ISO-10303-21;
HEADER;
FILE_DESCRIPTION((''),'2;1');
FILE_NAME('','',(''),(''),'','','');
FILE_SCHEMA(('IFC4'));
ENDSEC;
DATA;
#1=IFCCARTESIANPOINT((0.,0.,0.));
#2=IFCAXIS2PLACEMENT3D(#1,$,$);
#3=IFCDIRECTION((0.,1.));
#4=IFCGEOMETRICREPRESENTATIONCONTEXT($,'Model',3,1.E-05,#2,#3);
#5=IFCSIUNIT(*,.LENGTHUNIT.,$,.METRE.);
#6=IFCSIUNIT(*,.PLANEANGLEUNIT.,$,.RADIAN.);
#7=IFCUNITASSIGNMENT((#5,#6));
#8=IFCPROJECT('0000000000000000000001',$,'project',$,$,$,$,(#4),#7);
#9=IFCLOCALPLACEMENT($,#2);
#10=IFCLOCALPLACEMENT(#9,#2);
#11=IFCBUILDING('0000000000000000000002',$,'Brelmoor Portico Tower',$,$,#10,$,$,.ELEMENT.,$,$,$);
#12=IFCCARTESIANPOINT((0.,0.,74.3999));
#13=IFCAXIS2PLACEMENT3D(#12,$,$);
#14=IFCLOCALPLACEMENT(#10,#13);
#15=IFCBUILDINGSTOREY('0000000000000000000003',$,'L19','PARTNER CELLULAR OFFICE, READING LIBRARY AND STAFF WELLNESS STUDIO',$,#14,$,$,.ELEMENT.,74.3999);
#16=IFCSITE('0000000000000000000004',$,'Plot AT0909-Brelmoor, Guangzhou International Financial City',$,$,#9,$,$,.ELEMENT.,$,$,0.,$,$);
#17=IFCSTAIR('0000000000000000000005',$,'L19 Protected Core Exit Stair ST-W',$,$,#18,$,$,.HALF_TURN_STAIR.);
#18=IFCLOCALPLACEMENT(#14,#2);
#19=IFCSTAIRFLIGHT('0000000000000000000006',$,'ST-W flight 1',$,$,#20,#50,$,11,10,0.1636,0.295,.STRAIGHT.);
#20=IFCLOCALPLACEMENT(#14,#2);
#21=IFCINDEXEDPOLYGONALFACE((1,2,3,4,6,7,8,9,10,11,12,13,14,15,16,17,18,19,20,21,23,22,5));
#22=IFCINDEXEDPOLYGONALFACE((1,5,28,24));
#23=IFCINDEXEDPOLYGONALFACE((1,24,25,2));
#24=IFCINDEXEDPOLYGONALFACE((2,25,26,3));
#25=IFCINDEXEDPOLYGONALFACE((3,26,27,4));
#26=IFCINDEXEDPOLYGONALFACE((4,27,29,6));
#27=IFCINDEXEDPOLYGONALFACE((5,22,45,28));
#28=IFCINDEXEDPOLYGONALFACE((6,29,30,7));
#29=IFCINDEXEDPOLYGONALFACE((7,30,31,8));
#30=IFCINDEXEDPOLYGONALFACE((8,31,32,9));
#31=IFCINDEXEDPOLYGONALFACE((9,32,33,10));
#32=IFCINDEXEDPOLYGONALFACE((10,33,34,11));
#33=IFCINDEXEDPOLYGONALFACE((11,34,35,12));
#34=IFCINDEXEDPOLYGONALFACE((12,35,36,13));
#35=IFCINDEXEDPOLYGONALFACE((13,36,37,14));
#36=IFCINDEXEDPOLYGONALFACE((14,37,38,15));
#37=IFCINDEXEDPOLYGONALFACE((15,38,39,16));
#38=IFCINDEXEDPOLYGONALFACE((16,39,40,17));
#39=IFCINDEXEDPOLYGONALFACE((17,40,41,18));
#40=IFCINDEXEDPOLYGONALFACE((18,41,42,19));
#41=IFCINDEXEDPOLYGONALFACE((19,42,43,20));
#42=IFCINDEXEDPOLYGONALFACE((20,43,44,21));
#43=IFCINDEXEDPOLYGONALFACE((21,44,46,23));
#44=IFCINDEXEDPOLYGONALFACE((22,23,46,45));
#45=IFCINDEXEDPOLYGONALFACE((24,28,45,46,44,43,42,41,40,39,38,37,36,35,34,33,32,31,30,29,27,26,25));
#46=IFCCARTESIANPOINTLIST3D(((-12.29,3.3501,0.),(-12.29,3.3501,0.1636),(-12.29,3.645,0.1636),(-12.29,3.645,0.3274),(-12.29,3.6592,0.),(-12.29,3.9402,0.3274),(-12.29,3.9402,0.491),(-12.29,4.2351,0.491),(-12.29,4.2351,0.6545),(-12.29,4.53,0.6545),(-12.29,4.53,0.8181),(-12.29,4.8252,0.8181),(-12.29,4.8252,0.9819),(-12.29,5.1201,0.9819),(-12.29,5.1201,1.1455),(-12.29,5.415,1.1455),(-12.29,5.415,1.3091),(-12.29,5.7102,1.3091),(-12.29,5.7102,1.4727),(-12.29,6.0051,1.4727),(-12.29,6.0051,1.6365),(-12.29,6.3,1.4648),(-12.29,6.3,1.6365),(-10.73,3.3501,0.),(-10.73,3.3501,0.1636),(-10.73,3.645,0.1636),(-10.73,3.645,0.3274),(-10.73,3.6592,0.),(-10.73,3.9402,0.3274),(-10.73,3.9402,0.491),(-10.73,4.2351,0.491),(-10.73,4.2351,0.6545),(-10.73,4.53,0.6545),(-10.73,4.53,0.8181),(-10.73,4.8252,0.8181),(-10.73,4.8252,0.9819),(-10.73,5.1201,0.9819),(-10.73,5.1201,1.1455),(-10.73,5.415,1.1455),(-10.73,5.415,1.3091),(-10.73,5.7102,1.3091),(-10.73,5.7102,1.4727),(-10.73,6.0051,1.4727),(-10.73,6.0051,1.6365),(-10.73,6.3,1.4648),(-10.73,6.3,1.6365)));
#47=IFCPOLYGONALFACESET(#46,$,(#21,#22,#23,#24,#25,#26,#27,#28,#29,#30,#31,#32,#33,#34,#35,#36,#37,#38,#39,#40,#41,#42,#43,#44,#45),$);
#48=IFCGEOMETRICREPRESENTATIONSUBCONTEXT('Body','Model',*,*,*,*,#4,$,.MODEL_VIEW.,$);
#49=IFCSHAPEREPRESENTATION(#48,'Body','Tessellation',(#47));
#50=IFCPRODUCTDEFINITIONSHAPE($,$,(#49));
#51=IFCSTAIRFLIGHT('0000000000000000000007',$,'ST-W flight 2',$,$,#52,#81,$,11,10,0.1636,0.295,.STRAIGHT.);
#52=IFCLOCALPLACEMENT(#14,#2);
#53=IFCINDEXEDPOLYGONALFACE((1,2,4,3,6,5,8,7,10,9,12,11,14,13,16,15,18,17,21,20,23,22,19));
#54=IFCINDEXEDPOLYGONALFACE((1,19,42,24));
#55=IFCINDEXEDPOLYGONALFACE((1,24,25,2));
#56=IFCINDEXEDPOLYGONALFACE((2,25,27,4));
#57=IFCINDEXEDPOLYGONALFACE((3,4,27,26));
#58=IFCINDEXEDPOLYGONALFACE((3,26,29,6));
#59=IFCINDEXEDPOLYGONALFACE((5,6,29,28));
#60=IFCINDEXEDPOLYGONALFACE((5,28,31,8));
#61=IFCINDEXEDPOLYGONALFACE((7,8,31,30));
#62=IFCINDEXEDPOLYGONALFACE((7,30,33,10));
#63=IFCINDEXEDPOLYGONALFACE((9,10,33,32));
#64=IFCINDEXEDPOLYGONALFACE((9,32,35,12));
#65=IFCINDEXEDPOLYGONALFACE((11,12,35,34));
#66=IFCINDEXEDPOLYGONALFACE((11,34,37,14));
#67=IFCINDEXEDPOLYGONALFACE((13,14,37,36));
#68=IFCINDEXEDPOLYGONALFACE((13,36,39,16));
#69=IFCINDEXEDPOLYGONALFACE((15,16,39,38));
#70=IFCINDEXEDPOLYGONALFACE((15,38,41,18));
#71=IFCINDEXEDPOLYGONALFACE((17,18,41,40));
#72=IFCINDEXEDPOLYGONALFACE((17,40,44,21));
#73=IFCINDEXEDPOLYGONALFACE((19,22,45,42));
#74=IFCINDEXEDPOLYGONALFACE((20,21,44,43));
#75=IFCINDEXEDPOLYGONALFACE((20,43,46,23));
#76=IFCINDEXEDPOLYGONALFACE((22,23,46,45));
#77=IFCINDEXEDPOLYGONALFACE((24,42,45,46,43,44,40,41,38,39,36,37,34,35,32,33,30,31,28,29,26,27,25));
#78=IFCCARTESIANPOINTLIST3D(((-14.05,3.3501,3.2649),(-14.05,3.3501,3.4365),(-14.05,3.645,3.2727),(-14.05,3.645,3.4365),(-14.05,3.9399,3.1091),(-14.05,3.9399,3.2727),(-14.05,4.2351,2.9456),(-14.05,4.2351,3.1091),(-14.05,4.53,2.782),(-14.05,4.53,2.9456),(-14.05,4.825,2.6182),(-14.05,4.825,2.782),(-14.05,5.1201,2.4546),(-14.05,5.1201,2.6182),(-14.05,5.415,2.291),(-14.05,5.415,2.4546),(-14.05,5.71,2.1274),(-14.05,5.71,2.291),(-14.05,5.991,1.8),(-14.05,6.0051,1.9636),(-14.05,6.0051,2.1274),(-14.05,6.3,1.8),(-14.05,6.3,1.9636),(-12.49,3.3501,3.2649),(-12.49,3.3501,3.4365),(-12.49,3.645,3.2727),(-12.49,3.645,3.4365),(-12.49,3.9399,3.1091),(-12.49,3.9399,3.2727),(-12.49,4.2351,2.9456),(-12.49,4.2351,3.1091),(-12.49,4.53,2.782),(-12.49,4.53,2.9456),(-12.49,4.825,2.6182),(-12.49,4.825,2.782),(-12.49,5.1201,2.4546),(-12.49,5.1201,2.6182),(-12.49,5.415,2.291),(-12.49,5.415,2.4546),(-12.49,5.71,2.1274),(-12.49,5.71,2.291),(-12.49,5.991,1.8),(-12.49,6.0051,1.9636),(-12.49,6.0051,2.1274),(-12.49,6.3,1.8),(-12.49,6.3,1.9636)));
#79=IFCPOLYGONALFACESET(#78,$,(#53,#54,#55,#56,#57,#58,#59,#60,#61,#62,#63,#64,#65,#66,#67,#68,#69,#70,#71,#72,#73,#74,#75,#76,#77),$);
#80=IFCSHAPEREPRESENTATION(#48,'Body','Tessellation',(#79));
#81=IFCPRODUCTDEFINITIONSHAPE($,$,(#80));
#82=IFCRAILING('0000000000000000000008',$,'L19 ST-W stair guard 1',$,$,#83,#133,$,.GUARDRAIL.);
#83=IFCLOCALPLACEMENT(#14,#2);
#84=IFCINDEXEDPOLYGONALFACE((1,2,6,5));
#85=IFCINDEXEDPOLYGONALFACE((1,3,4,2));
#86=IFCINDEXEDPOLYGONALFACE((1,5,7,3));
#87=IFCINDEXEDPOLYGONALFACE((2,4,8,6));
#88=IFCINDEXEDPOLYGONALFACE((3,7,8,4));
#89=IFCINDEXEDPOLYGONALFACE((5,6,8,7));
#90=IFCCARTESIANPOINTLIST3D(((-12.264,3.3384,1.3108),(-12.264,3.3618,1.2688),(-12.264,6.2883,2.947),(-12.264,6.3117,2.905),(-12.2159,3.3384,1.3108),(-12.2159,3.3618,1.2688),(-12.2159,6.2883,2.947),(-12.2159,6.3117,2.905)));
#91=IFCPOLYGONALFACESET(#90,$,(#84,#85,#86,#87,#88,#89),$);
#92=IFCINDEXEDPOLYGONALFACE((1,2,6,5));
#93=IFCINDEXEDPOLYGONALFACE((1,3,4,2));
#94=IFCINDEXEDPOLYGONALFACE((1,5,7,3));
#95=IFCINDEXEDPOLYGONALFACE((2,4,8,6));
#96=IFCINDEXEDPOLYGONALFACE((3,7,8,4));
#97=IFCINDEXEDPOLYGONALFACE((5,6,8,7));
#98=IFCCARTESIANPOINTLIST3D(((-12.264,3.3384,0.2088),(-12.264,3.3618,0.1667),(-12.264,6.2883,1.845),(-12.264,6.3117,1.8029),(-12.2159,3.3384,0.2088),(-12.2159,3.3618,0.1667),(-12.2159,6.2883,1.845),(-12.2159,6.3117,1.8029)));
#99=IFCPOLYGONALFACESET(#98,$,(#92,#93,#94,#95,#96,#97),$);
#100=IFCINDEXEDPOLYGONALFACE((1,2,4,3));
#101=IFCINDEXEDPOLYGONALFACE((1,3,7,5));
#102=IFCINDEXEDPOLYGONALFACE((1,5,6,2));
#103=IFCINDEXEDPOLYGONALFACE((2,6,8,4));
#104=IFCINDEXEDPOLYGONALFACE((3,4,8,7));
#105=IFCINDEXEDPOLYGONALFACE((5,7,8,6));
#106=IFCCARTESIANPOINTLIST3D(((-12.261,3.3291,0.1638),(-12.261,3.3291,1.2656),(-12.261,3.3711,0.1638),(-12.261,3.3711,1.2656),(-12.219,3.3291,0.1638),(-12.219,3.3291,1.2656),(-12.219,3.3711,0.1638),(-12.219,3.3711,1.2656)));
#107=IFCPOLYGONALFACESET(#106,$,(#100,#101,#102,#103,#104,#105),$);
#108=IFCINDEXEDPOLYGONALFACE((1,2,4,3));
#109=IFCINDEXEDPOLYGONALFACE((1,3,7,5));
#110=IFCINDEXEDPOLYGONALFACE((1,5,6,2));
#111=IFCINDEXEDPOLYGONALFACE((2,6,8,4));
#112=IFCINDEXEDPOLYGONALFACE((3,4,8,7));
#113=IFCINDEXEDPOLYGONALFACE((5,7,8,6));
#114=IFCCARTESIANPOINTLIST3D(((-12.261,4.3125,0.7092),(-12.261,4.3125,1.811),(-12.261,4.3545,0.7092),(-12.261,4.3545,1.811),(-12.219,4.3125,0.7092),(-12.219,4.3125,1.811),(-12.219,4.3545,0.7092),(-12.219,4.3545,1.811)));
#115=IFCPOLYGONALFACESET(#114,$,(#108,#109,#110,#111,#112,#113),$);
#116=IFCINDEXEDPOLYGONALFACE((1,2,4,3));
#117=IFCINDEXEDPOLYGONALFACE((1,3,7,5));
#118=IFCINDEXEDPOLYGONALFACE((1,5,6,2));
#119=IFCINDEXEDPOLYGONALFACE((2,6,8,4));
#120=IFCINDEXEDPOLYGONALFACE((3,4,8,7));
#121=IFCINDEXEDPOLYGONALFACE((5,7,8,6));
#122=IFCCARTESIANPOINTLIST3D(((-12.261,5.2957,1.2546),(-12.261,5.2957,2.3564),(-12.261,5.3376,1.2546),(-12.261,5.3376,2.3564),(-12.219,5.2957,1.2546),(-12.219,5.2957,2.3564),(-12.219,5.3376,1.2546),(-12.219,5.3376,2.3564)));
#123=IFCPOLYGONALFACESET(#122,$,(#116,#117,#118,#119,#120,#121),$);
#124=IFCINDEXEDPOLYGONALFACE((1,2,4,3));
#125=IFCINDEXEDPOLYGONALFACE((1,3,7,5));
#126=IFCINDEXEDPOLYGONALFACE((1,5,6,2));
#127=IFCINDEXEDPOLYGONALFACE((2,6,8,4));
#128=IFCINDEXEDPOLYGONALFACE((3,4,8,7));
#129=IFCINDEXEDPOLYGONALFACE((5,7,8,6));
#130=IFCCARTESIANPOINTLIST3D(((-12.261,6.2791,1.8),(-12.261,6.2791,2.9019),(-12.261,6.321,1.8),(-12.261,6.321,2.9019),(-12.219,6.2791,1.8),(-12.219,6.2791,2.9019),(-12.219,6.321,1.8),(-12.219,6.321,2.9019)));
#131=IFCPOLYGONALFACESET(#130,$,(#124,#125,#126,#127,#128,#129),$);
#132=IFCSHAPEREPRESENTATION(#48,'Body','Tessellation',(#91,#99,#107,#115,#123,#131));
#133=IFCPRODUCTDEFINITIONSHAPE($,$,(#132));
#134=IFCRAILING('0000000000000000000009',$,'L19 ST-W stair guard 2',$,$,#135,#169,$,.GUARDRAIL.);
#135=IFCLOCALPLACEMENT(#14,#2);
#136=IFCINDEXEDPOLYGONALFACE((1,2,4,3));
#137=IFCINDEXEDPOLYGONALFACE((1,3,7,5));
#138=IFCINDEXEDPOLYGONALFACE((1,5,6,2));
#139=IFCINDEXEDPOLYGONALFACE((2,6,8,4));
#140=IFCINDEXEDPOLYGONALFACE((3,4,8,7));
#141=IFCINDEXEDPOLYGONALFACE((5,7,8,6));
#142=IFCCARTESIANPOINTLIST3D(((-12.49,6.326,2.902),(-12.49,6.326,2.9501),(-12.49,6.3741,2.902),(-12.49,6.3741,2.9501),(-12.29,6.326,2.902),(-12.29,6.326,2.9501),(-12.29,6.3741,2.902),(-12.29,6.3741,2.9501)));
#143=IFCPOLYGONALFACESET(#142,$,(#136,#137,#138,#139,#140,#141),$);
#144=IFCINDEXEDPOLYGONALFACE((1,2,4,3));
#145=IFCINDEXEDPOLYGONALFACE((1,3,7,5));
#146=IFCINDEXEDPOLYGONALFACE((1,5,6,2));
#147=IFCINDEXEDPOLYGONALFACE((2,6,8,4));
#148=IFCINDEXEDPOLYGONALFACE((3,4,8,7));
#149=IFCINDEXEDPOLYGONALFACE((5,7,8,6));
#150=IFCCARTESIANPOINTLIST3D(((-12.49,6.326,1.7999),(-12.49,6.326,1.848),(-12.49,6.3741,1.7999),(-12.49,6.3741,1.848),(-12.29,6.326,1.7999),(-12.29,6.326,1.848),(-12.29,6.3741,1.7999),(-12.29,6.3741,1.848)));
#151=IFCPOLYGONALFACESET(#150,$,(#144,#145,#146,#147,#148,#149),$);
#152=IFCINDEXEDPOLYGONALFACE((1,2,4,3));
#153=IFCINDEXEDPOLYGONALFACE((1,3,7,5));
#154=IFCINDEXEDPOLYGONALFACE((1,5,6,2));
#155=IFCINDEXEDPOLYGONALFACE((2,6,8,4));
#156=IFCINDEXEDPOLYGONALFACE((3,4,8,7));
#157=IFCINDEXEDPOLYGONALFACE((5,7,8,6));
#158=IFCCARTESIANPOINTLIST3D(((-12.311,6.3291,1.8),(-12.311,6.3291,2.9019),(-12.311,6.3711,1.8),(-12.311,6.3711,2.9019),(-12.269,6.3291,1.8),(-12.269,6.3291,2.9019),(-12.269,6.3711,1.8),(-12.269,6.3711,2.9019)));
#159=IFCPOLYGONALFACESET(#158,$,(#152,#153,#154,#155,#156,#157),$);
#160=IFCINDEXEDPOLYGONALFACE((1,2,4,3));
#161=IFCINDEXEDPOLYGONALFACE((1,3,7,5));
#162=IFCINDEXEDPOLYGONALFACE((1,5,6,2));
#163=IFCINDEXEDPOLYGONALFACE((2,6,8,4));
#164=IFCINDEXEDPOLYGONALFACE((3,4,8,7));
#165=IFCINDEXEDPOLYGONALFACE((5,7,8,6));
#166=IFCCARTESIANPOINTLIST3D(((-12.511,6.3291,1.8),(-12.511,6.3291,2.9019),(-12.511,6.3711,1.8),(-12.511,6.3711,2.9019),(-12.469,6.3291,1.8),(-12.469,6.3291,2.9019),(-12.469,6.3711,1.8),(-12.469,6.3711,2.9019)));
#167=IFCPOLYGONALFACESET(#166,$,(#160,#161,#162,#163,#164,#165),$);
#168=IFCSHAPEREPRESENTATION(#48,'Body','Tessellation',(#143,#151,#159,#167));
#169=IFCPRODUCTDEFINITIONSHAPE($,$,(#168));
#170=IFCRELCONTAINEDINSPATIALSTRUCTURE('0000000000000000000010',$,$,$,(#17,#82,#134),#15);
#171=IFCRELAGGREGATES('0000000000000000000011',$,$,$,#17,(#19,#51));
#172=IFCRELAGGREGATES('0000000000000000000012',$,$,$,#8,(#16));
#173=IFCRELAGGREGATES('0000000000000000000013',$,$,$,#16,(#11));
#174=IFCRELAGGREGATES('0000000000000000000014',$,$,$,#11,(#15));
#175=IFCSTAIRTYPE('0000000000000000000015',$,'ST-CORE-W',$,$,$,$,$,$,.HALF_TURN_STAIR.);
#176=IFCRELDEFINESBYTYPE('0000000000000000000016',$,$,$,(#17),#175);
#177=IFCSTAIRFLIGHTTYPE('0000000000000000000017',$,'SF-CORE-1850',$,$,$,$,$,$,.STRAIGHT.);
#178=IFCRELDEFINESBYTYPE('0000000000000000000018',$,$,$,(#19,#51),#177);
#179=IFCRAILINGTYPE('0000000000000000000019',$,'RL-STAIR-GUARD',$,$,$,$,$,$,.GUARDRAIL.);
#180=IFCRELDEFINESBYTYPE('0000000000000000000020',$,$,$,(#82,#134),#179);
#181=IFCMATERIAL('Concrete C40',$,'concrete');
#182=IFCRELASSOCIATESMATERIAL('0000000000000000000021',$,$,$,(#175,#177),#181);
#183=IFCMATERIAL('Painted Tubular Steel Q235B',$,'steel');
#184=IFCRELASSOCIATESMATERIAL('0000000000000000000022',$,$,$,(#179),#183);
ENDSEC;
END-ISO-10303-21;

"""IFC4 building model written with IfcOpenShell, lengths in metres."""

from ifc_helpers import new_model, si_unit, direction, frame, origin, origin_2d, place, context, subcontext, project, spatial, polyline, rectangle, outline, extrude, material, type_object, element, aggregate, save


model = new_model("IFC4")

# Units and contexts
model_context = context("Model", 3, precision=1e-05, world=origin(), true_north=direction((0.0, 1.0)))
body_context = subcontext(model_context, "Body", "Model", "MODEL_VIEW")
ifc_project = project(units=[si_unit("LENGTHUNIT", "METRE"), si_unit("PLANEANGLEUNIT", "RADIAN")], contexts=[model_context])

# Site, building, storey
site_placement = place(None, origin())
site = spatial("IfcSite", under=ifc_project, at=site_placement, Name="Plot AT0909-Brelmoor, Guangzhou International Financial City", CompositionType="ELEMENT", RefElevation=0.0)
building_placement = place(site_placement, origin())
building = spatial("IfcBuilding", under=site, at=building_placement, Name="Brelmoor Portico Tower", CompositionType="ELEMENT")
storey_placement = place(building_placement, frame((0.0, 0.0, 74.3999)))
storey = spatial("IfcBuildingStorey", under=building, at=storey_placement, Name="L19", Description="PARTNER CELLULAR OFFICE, READING LIBRARY AND STAFF WELLNESS STUDIO", CompositionType="ELEMENT", Elevation=74.3999)

# Shared definitions
ifc_material_1 = material(Name="Concrete C40", Category="concrete")

# Stair, stair flights
stair_type = type_object("IfcStairType", Name="ST-CORE-W", PredefinedType="HALF_TURN_STAIR", material=ifc_material_1)
stair_placement = place(storey_placement, origin())
stair = element("IfcStair", 1, at=stair_placement, inside=storey, type_object=stair_type, Name="L19 Protected Core Exit Stair ST-W", PredefinedType="HALF_TURN_STAIR")
stair_flight_type = type_object("IfcStairFlightType", Name="SF-CORE-1850", PredefinedType="STRAIGHT", material=ifc_material_1)
stair_flight_1_placement = place(storey_placement, frame((-11.51, 3.3501, 0.0), z_axis=(0.0, 0.0, 1.0), x_axis=(0.0, 1.0, 0.0)))
stair_flight_1 = element("IfcStairFlight", 2, at=stair_flight_1_placement, type_object=stair_flight_type, Name="ST-W flight 1", NumberOfRisers=11, NumberOfTreads=10, PredefinedType="STRAIGHT", RiserHeight=0.1636, TreadLength=0.295, context=body_context, shape_type="SweptSolid", body=[
    extrude(outline(polyline([(0.0, 0.0), (0.0, 0.1636), (0.2949, 0.1636), (0.2949, 0.3274), (0.5901, 0.3274), (0.5901, 0.491), (0.885, 0.491), (0.885, 0.6545), (1.1799, 0.6545), (1.1799, 0.8181), (1.4751, 0.8181), (1.4751, 0.9819), (1.77, 0.9819), (1.77, 1.1455), (2.0649, 1.1455), (2.0649, 1.3091), (2.3601, 1.3091), (2.3601, 1.4727), (2.655, 1.4727), (2.655, 1.6365), (2.95, 1.6365), (2.95, 1.8), (2.95, 1.4648), (0.3091, 0.0), (0.0, 0.0)])), frame((0.0, 0.78, 0.0), z_axis=(0.0, -1.0, 0.0), x_axis=(1.0, 0.0, 0.0)), (0.0, 0.0, 1.0), 1.5601),
])
stair_flight_2_placement = place(storey_placement, frame((-13.27, 6.3, 1.8), z_axis=(0.0, 0.0, 1.0), x_axis=(0.0, -1.0, 0.0)))
stair_flight_2 = element("IfcStairFlight", 3, at=stair_flight_2_placement, type_object=stair_flight_type, Name="ST-W flight 2", NumberOfRisers=11, NumberOfTreads=10, PredefinedType="STRAIGHT", RiserHeight=0.1636, TreadLength=0.295, context=body_context, shape_type="SweptSolid", body=[
    extrude(outline(polyline([(0.0, 0.0), (0.0, 0.1636), (0.2949, 0.1636), (0.2949, 0.3274), (0.5901, 0.3274), (0.5901, 0.491), (0.885, 0.491), (0.885, 0.6545), (1.1799, 0.6545), (1.1799, 0.8181), (1.4751, 0.8181), (1.4751, 0.9819), (1.77, 0.9819), (1.77, 1.1455), (2.0649, 1.1455), (2.0649, 1.3091), (2.3601, 1.3091), (2.3601, 1.4727), (2.655, 1.4727), (2.655, 1.6365), (2.95, 1.6365), (2.95, 1.8), (2.95, 1.4648), (0.3091, 0.0), (0.0, 0.0)])), frame((0.0, 0.78, 0.0), z_axis=(0.0, -1.0, 0.0), x_axis=(1.0, 0.0, 0.0)), (0.0, 0.0, 1.0), 1.5601),
])
aggregate(stair, [stair_flight_1, stair_flight_2])

# Railings
ifc_material_2 = material(Name="Painted Tubular Steel Q235B", Category="steel")
railing_type_1 = type_object("IfcRailingType", Name="RL-STAIR-GUARD", PredefinedType="GUARDRAIL", material=ifc_material_2)
railing_1_placement = place(storey_placement, frame((-12.24, 3.3501, 0.1638)))
element("IfcRailing", 4, at=railing_1_placement, inside=storey, type_object=railing_type_1, Name="L19 ST-W stair guard 1", PredefinedType="GUARDRAIL", context=body_context, shape_type="SweptSolid", body=[
    extrude(rectangle(XDim=0.0481, YDim=0.0481, at=origin_2d()), frame((0.0, 0.0, 1.126), z_axis=(0.0, 0.874488, 0.485047), x_axis=(-1.0, 0.0, 0.0)), (0.0, 0.0, 1.0), 3.3733),
    extrude(rectangle(XDim=0.0481, YDim=0.0481, at=origin_2d()), frame((0.0, 0.0, 0.0239), z_axis=(0.0, 0.874488, 0.485047), x_axis=(-1.0, 0.0, 0.0)), (0.0, 0.0, 1.0), 3.3733),
    extrude(rectangle(XDim=0.042, YDim=0.042, at=origin_2d()), origin(), (0.0, 0.0, 1.0), 1.1018),
    extrude(rectangle(XDim=0.042, YDim=0.042, at=origin_2d()), frame((0.0, 0.9834, 0.5454)), (0.0, 0.0, 1.0), 1.1018),
    extrude(rectangle(XDim=0.042, YDim=0.042, at=origin_2d()), frame((0.0, 1.9666, 1.0908)), (0.0, 0.0, 1.0), 1.1018),
    extrude(rectangle(XDim=0.042, YDim=0.042, at=origin_2d()), frame((0.0, 2.95, 1.6362)), (0.0, 0.0, 1.0), 1.1018),
])
railing_2_placement = place(storey_placement, frame((-12.29, 6.3501, 1.8)))
element("IfcRailing", 5, at=railing_2_placement, inside=storey, type_object=railing_type_1, Name="L19 ST-W stair guard 2", PredefinedType="GUARDRAIL", context=body_context, shape_type="SweptSolid", body=[
    extrude(rectangle(XDim=0.0481, YDim=0.0481, at=origin_2d()), frame((0.0, 0.0, 1.126), z_axis=(-1.0, 0.0, 0.0), x_axis=(0.0, -1.0, 0.0)), (0.0, 0.0, 1.0), 0.2),
    extrude(rectangle(XDim=0.0481, YDim=0.0481, at=origin_2d()), frame((0.0, 0.0, 0.0239), z_axis=(-1.0, 0.0, 0.0), x_axis=(0.0, -1.0, 0.0)), (0.0, 0.0, 1.0), 0.2),
    extrude(rectangle(XDim=0.042, YDim=0.042, at=origin_2d()), origin(), (0.0, 0.0, 1.0), 1.1018),
    extrude(rectangle(XDim=0.042, YDim=0.042, at=origin_2d()), frame((-0.2, 0.0, 0.0)), (0.0, 0.0, 1.0), 1.1018),
])

save(model, "model.ifc")
